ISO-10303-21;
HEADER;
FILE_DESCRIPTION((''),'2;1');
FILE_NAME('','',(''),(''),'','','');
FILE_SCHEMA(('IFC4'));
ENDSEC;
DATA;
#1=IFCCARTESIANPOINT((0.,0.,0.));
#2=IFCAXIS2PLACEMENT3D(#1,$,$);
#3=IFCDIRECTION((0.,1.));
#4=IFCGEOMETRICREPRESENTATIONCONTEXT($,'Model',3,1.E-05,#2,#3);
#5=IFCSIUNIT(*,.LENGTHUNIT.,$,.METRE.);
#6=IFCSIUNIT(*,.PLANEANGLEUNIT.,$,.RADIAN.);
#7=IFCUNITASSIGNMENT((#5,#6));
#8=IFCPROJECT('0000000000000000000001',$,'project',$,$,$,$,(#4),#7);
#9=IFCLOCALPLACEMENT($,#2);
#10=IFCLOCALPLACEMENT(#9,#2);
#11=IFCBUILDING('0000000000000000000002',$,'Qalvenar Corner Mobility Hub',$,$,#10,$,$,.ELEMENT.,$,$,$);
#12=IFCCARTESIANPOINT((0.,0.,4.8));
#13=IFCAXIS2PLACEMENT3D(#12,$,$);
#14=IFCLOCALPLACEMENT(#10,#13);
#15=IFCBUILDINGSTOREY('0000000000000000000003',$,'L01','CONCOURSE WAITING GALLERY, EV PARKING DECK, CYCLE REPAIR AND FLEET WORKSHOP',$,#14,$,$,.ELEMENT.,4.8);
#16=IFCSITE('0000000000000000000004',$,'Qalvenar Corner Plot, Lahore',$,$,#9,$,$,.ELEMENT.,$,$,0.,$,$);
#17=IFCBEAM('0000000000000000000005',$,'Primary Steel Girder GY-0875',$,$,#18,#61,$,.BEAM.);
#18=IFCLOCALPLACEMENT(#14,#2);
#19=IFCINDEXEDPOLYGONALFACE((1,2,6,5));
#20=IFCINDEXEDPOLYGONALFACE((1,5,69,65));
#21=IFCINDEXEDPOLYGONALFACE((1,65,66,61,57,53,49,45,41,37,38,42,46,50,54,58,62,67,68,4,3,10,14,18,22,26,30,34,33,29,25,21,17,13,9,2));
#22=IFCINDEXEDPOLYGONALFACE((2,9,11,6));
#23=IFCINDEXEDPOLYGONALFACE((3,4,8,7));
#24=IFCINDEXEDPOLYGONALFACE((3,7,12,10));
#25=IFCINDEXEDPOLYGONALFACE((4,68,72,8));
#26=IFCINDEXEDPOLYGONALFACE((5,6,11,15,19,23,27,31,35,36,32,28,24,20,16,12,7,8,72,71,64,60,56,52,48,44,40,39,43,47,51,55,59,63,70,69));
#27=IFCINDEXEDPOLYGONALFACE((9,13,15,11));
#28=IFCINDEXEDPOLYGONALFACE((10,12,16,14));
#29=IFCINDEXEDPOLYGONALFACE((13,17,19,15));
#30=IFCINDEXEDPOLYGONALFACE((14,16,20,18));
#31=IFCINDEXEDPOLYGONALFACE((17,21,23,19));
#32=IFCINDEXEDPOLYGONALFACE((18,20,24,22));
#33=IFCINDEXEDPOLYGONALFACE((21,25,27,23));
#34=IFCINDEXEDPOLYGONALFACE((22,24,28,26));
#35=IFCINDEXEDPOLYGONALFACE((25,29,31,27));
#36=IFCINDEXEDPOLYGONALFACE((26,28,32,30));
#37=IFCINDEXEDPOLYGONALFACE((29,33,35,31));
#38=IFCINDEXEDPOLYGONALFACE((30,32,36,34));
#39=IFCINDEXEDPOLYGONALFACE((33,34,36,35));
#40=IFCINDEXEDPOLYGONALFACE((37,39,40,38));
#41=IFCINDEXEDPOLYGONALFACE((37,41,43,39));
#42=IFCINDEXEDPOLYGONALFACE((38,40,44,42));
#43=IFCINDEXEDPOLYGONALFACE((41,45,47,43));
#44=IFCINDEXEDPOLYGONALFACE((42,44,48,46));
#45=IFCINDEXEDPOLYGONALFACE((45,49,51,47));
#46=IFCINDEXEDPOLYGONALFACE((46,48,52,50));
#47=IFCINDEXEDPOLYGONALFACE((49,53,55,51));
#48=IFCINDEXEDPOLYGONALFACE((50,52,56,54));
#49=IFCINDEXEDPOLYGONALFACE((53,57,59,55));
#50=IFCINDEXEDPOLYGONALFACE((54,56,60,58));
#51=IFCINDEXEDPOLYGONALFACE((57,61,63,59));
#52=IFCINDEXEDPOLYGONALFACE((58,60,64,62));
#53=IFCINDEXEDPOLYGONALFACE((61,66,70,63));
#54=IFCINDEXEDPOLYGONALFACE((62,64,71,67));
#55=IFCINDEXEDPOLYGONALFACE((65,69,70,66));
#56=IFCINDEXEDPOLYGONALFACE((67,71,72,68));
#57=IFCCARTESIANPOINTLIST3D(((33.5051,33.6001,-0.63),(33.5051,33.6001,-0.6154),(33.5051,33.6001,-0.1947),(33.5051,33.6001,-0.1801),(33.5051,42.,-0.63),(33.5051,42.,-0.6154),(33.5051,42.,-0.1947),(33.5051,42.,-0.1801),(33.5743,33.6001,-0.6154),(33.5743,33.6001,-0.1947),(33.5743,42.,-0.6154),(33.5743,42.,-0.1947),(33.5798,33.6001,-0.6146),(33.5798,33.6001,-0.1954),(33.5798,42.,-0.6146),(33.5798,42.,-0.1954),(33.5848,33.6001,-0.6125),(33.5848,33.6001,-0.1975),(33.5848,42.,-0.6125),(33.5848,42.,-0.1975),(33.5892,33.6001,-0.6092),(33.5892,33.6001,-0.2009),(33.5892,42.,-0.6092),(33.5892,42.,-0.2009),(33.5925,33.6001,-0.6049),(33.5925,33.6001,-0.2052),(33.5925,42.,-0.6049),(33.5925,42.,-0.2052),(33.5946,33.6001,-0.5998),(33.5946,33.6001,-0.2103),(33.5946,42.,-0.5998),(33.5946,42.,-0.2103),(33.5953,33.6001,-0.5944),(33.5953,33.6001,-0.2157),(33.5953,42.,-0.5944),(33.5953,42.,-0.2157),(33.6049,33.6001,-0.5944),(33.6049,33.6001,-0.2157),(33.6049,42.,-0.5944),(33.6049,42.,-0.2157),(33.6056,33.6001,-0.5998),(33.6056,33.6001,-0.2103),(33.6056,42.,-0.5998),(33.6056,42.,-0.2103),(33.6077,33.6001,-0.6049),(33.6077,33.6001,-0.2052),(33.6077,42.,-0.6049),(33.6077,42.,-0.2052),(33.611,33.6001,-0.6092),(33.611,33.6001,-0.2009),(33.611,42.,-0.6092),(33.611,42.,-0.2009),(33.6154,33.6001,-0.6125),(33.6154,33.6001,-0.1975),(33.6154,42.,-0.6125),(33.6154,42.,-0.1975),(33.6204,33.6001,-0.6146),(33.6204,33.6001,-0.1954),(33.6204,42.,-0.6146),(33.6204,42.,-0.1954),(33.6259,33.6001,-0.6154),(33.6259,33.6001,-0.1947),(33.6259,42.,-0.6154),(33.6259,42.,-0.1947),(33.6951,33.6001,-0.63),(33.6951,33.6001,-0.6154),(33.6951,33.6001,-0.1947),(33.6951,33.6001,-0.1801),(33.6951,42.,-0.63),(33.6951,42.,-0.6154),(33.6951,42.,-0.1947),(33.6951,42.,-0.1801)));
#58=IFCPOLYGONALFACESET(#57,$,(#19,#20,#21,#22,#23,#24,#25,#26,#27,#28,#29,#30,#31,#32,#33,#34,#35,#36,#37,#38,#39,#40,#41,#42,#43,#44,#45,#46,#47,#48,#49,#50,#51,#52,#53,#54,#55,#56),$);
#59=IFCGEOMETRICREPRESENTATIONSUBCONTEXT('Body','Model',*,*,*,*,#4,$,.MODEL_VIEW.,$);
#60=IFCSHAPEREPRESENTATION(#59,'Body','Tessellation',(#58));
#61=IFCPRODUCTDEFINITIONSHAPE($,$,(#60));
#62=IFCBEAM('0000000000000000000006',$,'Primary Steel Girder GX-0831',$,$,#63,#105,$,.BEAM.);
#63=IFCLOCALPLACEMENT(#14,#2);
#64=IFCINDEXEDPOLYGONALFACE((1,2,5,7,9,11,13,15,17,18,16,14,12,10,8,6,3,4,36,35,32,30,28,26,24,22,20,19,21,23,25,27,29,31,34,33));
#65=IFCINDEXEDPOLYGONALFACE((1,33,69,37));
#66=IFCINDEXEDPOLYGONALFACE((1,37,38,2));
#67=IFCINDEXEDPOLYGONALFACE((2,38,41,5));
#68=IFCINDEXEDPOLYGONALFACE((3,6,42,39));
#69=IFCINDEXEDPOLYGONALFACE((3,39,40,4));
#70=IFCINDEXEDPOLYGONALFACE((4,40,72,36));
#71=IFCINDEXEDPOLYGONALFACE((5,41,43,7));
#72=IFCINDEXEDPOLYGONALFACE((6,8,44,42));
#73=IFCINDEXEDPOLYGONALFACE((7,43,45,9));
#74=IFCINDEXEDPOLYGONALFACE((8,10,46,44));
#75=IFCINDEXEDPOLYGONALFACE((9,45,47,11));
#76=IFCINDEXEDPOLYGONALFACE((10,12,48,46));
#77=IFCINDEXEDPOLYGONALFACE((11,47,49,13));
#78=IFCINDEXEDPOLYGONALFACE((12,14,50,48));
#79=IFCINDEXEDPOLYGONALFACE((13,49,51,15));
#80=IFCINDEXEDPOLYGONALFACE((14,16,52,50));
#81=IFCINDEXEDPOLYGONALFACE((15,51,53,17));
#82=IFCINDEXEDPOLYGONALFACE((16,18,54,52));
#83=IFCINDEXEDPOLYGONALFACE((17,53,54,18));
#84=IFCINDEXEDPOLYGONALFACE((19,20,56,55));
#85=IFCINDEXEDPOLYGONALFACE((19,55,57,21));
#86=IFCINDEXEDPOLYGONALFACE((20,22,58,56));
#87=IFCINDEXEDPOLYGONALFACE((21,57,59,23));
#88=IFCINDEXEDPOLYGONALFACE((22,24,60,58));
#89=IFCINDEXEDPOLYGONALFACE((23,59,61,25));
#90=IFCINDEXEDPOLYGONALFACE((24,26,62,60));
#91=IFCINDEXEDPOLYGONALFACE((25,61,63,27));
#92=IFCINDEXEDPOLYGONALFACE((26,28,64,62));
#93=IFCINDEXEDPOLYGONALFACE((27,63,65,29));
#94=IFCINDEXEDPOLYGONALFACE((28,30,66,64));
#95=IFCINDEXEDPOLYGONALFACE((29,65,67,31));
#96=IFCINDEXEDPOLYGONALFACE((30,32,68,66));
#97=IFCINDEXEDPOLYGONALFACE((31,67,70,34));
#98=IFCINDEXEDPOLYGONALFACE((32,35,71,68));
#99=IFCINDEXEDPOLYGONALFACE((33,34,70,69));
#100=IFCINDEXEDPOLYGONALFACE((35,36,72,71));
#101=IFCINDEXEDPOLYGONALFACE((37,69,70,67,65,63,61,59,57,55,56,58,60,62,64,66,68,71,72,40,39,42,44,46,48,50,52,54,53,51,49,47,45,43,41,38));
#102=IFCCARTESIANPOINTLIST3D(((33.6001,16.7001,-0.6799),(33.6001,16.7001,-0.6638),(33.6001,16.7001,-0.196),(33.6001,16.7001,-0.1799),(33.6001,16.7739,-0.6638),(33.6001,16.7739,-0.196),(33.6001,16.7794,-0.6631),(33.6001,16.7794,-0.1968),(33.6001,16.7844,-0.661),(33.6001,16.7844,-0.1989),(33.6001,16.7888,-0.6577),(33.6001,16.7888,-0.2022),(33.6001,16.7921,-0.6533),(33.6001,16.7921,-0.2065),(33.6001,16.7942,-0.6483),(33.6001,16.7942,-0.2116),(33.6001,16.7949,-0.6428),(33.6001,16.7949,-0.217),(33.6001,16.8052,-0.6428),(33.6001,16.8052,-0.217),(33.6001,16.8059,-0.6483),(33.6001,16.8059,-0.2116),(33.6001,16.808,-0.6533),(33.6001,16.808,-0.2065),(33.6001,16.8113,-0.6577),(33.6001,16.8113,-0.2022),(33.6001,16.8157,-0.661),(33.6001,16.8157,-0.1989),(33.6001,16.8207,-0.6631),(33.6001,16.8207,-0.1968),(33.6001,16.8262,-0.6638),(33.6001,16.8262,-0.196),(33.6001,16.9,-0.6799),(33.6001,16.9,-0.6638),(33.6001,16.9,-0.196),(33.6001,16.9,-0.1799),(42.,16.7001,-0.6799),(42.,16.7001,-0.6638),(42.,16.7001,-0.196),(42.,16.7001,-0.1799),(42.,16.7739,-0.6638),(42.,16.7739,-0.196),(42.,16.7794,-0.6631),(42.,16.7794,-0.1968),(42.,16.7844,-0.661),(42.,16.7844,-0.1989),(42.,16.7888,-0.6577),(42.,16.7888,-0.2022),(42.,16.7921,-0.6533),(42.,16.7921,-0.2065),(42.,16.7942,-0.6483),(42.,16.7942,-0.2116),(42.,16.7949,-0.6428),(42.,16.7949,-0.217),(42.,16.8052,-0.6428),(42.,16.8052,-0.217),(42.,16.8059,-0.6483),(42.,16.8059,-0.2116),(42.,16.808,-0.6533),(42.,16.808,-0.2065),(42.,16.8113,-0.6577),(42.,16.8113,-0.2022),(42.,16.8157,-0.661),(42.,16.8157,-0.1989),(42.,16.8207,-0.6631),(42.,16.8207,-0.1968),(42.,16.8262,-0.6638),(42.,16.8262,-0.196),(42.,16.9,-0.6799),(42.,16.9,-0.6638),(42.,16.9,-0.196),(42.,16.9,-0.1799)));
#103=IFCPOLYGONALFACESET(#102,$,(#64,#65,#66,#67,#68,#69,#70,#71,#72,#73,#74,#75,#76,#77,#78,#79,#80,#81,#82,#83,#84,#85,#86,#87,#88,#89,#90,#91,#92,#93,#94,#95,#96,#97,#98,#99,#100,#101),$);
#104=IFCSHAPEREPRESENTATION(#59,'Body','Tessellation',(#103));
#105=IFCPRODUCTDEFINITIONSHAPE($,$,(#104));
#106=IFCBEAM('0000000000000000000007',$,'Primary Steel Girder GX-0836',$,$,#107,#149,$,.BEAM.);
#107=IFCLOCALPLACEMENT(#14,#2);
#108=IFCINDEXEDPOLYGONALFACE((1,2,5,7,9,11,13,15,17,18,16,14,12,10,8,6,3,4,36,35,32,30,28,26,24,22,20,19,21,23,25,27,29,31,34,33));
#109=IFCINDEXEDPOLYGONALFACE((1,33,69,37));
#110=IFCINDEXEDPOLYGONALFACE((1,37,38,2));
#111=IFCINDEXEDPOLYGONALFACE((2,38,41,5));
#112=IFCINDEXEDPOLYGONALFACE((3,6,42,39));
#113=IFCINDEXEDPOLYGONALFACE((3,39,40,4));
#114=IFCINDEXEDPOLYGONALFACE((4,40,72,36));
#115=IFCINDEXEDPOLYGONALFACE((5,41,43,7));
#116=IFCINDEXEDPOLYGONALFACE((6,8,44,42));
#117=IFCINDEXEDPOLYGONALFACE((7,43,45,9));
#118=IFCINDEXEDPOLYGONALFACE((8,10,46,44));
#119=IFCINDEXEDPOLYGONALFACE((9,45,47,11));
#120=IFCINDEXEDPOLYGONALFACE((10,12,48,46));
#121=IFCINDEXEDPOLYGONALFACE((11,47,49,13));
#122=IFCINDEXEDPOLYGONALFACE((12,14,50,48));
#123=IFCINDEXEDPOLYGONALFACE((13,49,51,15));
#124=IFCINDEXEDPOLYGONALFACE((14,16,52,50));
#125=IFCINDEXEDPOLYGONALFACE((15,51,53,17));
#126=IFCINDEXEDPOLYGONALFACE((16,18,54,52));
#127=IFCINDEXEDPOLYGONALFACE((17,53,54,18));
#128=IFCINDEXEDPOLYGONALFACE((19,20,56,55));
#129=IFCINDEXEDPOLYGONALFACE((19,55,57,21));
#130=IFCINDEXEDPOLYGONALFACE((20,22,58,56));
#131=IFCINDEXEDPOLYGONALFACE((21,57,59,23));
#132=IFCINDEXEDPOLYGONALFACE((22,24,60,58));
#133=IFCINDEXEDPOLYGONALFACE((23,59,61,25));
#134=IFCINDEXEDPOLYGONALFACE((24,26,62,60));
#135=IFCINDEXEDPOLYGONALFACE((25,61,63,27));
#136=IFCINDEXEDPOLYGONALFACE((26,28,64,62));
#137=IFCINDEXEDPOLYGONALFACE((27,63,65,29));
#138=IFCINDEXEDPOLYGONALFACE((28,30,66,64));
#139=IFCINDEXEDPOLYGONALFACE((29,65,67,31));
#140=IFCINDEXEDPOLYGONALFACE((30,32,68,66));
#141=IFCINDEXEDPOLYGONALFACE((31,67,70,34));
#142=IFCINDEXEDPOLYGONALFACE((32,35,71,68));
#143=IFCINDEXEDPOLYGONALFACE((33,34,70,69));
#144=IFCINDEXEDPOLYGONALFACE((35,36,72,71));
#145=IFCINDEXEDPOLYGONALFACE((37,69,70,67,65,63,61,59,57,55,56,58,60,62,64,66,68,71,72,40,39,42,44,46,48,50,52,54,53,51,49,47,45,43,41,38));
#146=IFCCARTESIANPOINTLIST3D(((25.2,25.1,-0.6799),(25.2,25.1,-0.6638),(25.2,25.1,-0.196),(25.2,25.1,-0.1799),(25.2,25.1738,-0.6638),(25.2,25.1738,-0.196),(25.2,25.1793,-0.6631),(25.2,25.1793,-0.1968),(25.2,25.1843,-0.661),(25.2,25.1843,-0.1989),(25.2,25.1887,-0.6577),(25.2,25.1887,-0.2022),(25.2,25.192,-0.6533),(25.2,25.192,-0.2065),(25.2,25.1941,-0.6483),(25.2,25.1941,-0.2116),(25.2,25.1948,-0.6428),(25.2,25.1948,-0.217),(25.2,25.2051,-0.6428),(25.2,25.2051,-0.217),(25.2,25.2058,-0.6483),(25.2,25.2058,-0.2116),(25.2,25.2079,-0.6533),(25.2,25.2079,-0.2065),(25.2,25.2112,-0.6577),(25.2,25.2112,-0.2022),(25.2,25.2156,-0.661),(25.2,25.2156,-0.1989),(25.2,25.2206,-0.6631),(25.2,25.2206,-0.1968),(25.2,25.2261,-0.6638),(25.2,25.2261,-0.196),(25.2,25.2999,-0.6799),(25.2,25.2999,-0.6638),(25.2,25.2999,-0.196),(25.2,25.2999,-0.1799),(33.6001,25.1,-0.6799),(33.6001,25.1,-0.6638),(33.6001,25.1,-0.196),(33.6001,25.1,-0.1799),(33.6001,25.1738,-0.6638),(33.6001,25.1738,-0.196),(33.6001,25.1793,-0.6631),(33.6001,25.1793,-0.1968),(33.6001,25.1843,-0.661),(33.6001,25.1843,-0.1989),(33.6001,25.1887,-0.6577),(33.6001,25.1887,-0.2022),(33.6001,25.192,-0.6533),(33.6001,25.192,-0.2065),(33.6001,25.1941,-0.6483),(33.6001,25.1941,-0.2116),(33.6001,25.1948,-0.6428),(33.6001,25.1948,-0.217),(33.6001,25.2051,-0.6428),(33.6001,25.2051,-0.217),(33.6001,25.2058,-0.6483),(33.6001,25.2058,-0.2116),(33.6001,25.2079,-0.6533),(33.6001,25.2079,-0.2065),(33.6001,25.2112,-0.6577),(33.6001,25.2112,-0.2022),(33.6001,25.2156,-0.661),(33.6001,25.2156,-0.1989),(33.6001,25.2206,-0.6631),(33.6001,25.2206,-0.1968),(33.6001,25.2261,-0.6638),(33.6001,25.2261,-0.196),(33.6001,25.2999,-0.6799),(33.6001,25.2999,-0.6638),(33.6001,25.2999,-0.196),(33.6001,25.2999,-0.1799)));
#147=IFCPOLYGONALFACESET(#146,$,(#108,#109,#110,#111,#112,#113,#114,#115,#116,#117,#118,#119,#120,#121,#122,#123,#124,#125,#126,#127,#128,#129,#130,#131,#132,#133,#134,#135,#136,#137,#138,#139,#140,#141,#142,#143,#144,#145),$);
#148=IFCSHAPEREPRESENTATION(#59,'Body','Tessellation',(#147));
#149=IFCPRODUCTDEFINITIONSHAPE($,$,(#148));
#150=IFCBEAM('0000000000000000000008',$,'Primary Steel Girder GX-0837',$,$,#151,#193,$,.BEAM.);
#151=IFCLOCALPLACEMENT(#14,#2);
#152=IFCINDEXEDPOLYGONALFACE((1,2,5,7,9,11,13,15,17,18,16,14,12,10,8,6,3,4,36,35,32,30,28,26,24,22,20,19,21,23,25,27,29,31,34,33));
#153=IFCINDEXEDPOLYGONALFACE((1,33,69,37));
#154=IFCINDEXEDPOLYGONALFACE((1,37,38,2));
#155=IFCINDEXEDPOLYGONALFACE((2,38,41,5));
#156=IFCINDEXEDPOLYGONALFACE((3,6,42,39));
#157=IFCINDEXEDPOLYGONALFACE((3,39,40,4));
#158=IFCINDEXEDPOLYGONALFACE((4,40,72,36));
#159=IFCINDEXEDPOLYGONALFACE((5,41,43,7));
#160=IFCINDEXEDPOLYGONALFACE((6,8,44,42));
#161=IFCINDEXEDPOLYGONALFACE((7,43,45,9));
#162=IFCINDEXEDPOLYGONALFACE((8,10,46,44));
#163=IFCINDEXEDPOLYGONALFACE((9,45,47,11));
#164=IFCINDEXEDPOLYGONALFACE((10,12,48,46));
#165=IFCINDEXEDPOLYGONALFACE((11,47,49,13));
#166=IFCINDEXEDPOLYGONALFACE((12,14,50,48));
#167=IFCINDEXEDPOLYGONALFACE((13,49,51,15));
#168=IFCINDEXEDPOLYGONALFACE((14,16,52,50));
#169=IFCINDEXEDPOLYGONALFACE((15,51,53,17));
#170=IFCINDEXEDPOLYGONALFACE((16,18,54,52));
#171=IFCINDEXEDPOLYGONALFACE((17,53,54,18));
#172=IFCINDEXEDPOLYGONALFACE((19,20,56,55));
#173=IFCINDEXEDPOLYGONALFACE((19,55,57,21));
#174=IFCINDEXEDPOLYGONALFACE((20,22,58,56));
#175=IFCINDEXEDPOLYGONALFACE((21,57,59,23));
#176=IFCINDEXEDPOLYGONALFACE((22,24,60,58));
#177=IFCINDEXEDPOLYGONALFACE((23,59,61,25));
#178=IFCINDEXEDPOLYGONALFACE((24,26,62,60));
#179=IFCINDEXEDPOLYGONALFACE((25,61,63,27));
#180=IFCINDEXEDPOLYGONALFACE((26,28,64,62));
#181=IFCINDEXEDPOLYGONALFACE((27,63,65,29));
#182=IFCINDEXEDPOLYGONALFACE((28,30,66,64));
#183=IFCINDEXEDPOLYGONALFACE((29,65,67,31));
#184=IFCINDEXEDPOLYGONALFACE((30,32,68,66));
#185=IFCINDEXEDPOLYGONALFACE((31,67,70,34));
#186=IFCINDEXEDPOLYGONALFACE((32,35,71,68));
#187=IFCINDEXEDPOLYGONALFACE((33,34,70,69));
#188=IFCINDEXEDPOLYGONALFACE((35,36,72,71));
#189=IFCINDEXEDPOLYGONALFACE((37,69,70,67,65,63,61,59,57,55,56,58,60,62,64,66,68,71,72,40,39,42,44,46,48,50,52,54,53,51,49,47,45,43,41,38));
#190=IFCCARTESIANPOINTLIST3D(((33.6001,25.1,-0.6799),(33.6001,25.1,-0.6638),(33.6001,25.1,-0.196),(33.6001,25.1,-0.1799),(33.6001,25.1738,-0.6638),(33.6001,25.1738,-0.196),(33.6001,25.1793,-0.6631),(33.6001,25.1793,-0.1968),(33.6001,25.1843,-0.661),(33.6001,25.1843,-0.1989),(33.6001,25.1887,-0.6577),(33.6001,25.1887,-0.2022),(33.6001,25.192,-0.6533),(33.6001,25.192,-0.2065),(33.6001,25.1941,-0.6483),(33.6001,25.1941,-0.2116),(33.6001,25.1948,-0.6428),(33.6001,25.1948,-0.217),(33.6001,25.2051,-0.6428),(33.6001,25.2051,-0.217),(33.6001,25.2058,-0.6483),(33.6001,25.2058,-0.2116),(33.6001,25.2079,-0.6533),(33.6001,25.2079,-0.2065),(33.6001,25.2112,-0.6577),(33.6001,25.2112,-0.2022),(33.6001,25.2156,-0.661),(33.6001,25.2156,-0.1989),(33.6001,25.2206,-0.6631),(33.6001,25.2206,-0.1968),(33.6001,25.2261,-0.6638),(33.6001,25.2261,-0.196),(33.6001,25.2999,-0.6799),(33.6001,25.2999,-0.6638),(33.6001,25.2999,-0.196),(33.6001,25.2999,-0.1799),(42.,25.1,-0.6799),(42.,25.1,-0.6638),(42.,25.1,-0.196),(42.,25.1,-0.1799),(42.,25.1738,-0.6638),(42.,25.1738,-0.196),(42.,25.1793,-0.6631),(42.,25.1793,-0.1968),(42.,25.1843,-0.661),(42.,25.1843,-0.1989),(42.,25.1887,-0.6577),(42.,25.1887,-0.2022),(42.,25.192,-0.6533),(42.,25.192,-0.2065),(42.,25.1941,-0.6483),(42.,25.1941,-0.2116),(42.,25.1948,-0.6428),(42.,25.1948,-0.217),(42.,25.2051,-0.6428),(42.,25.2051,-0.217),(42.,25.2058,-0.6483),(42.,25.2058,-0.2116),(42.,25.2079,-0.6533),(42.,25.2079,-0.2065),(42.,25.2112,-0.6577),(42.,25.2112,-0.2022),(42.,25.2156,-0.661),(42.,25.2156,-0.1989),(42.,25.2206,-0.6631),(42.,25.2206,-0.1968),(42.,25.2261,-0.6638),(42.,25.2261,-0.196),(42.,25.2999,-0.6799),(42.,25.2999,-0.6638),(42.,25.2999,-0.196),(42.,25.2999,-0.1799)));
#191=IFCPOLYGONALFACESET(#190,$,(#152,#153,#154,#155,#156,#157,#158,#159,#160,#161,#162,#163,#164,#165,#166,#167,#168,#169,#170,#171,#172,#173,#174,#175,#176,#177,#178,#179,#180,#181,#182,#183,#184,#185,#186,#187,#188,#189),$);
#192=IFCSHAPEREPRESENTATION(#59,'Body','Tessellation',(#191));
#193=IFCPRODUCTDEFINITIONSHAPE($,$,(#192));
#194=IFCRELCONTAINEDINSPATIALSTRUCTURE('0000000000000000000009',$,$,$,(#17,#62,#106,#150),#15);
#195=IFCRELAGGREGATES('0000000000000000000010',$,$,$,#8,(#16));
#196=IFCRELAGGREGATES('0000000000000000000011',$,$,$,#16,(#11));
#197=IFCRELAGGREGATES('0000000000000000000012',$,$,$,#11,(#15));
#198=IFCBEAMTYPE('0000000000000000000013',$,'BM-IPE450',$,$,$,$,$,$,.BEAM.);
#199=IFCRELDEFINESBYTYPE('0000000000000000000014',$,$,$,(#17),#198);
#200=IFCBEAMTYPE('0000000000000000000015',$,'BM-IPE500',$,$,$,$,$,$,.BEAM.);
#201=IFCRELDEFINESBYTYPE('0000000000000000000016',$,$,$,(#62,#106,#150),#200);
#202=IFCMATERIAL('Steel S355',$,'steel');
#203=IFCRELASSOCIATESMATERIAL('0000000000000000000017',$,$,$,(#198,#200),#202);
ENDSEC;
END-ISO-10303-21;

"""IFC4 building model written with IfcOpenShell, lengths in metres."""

from ifc_helpers import new_model, si_unit, direction, frame, origin, origin_2d, place, context, subcontext, project, spatial, i_section, extrude, material, material_profile, profile_set, type_object, element, save


model = new_model("IFC4")

# Units and contexts
model_context = context("Model", 3, precision=1e-05, world=origin(), true_north=direction((0.0, 1.0)))
body_context = subcontext(model_context, "Body", "Model", "MODEL_VIEW")
ifc_project = project(units=[si_unit("LENGTHUNIT", "METRE"), si_unit("PLANEANGLEUNIT", "RADIAN")], contexts=[model_context])

# Site, building, storey
site_placement = place(None, origin())
site = spatial("IfcSite", under=ifc_project, at=site_placement, Name="Qalvenar Corner Plot, Lahore", CompositionType="ELEMENT", RefElevation=0.0)
building_placement = place(site_placement, origin())
building = spatial("IfcBuilding", under=site, at=building_placement, Name="Qalvenar Corner Mobility Hub", CompositionType="ELEMENT")
storey_placement = place(building_placement, frame((0.0, 0.0, 4.8)))
storey = spatial("IfcBuildingStorey", under=building, at=storey_placement, Name="L01", Description="CONCOURSE WAITING GALLERY, EV PARKING DECK, CYCLE REPAIR AND FLEET WORKSHOP", CompositionType="ELEMENT", Elevation=4.8)

# Shared definitions
ifc_material_1 = material(Name="Steel S355", Category="steel")

# Beams
ifc_material_profile_1 = material_profile(ifc_material_1, i_section(OverallWidth=0.1899, OverallDepth=0.45, WebThickness=0.0095, FlangeThickness=0.0146, FilletRadius=0.021, at=origin_2d()), Name="IPE450")
ifc_profile_set_1 = profile_set([ifc_material_profile_1], Name="Steel S355")
beam_type_1 = type_object("IfcBeamType", Name="BM-IPE450", PredefinedType="BEAM", material=ifc_profile_set_1)
beam_1_placement = place(storey_placement, frame((33.6001, 33.6001, -0.405), z_axis=(0.0, 1.0, 0.0), x_axis=(-1.0, 0.0, 0.0)))
element("IfcBeam", 1, at=beam_1_placement, inside=storey, type_object=beam_type_1, Name="Primary Steel Girder GY-0875", PredefinedType="BEAM", context=body_context, shape_type="SweptSolid", body=[
    extrude(i_section(OverallWidth=0.1899, OverallDepth=0.45, WebThickness=0.0095, FlangeThickness=0.0146, FilletRadius=0.021, at=origin_2d()), origin(), (0.0, 0.0, 1.0), 8.3999),
])
ifc_material_profile_2 = material_profile(ifc_material_1, i_section(OverallWidth=0.2, OverallDepth=0.5, WebThickness=0.0103, FlangeThickness=0.0161, FilletRadius=0.021, at=origin_2d()), Name="IPE500")
ifc_profile_set_2 = profile_set([ifc_material_profile_2], Name="Steel S355")
beam_type_2 = type_object("IfcBeamType", Name="BM-IPE500", PredefinedType="BEAM", material=ifc_profile_set_2)
beam_2_placement = place(storey_placement, frame((33.6001, 16.8, -0.4299), z_axis=(1.0, 0.0, 0.0), x_axis=(0.0, 1.0, 0.0)))
element("IfcBeam", 2, at=beam_2_placement, inside=storey, type_object=beam_type_2, Name="Primary Steel Girder GX-0831", PredefinedType="BEAM", context=body_context, shape_type="SweptSolid", body=[
    extrude(i_section(OverallWidth=0.2, OverallDepth=0.5, WebThickness=0.0103, FlangeThickness=0.0161, FilletRadius=0.021, at=origin_2d()), origin(), (0.0, 0.0, 1.0), 8.3999),
])
beam_3_placement = place(storey_placement, frame((25.2, 25.2, -0.4299), z_axis=(1.0, 0.0, 0.0), x_axis=(0.0, 1.0, 0.0)))
element("IfcBeam", 3, at=beam_3_placement, inside=storey, type_object=beam_type_2, Name="Primary Steel Girder GX-0836", PredefinedType="BEAM", context=body_context, shape_type="SweptSolid", body=[
    extrude(i_section(OverallWidth=0.2, OverallDepth=0.5, WebThickness=0.0103, FlangeThickness=0.0161, FilletRadius=0.021, at=origin_2d()), origin(), (0.0, 0.0, 1.0), 8.4001),
])
beam_4_placement = place(storey_placement, frame((33.6001, 25.2, -0.4299), z_axis=(1.0, 0.0, 0.0), x_axis=(0.0, 1.0, 0.0)))
element("IfcBeam", 4, at=beam_4_placement, inside=storey, type_object=beam_type_2, Name="Primary Steel Girder GX-0837", PredefinedType="BEAM", context=body_context, shape_type="SweptSolid", body=[
    extrude(i_section(OverallWidth=0.2, OverallDepth=0.5, WebThickness=0.0103, FlangeThickness=0.0161, FilletRadius=0.021, at=origin_2d()), origin(), (0.0, 0.0, 1.0), 8.3999),
])

save(model, "model.ifc")
